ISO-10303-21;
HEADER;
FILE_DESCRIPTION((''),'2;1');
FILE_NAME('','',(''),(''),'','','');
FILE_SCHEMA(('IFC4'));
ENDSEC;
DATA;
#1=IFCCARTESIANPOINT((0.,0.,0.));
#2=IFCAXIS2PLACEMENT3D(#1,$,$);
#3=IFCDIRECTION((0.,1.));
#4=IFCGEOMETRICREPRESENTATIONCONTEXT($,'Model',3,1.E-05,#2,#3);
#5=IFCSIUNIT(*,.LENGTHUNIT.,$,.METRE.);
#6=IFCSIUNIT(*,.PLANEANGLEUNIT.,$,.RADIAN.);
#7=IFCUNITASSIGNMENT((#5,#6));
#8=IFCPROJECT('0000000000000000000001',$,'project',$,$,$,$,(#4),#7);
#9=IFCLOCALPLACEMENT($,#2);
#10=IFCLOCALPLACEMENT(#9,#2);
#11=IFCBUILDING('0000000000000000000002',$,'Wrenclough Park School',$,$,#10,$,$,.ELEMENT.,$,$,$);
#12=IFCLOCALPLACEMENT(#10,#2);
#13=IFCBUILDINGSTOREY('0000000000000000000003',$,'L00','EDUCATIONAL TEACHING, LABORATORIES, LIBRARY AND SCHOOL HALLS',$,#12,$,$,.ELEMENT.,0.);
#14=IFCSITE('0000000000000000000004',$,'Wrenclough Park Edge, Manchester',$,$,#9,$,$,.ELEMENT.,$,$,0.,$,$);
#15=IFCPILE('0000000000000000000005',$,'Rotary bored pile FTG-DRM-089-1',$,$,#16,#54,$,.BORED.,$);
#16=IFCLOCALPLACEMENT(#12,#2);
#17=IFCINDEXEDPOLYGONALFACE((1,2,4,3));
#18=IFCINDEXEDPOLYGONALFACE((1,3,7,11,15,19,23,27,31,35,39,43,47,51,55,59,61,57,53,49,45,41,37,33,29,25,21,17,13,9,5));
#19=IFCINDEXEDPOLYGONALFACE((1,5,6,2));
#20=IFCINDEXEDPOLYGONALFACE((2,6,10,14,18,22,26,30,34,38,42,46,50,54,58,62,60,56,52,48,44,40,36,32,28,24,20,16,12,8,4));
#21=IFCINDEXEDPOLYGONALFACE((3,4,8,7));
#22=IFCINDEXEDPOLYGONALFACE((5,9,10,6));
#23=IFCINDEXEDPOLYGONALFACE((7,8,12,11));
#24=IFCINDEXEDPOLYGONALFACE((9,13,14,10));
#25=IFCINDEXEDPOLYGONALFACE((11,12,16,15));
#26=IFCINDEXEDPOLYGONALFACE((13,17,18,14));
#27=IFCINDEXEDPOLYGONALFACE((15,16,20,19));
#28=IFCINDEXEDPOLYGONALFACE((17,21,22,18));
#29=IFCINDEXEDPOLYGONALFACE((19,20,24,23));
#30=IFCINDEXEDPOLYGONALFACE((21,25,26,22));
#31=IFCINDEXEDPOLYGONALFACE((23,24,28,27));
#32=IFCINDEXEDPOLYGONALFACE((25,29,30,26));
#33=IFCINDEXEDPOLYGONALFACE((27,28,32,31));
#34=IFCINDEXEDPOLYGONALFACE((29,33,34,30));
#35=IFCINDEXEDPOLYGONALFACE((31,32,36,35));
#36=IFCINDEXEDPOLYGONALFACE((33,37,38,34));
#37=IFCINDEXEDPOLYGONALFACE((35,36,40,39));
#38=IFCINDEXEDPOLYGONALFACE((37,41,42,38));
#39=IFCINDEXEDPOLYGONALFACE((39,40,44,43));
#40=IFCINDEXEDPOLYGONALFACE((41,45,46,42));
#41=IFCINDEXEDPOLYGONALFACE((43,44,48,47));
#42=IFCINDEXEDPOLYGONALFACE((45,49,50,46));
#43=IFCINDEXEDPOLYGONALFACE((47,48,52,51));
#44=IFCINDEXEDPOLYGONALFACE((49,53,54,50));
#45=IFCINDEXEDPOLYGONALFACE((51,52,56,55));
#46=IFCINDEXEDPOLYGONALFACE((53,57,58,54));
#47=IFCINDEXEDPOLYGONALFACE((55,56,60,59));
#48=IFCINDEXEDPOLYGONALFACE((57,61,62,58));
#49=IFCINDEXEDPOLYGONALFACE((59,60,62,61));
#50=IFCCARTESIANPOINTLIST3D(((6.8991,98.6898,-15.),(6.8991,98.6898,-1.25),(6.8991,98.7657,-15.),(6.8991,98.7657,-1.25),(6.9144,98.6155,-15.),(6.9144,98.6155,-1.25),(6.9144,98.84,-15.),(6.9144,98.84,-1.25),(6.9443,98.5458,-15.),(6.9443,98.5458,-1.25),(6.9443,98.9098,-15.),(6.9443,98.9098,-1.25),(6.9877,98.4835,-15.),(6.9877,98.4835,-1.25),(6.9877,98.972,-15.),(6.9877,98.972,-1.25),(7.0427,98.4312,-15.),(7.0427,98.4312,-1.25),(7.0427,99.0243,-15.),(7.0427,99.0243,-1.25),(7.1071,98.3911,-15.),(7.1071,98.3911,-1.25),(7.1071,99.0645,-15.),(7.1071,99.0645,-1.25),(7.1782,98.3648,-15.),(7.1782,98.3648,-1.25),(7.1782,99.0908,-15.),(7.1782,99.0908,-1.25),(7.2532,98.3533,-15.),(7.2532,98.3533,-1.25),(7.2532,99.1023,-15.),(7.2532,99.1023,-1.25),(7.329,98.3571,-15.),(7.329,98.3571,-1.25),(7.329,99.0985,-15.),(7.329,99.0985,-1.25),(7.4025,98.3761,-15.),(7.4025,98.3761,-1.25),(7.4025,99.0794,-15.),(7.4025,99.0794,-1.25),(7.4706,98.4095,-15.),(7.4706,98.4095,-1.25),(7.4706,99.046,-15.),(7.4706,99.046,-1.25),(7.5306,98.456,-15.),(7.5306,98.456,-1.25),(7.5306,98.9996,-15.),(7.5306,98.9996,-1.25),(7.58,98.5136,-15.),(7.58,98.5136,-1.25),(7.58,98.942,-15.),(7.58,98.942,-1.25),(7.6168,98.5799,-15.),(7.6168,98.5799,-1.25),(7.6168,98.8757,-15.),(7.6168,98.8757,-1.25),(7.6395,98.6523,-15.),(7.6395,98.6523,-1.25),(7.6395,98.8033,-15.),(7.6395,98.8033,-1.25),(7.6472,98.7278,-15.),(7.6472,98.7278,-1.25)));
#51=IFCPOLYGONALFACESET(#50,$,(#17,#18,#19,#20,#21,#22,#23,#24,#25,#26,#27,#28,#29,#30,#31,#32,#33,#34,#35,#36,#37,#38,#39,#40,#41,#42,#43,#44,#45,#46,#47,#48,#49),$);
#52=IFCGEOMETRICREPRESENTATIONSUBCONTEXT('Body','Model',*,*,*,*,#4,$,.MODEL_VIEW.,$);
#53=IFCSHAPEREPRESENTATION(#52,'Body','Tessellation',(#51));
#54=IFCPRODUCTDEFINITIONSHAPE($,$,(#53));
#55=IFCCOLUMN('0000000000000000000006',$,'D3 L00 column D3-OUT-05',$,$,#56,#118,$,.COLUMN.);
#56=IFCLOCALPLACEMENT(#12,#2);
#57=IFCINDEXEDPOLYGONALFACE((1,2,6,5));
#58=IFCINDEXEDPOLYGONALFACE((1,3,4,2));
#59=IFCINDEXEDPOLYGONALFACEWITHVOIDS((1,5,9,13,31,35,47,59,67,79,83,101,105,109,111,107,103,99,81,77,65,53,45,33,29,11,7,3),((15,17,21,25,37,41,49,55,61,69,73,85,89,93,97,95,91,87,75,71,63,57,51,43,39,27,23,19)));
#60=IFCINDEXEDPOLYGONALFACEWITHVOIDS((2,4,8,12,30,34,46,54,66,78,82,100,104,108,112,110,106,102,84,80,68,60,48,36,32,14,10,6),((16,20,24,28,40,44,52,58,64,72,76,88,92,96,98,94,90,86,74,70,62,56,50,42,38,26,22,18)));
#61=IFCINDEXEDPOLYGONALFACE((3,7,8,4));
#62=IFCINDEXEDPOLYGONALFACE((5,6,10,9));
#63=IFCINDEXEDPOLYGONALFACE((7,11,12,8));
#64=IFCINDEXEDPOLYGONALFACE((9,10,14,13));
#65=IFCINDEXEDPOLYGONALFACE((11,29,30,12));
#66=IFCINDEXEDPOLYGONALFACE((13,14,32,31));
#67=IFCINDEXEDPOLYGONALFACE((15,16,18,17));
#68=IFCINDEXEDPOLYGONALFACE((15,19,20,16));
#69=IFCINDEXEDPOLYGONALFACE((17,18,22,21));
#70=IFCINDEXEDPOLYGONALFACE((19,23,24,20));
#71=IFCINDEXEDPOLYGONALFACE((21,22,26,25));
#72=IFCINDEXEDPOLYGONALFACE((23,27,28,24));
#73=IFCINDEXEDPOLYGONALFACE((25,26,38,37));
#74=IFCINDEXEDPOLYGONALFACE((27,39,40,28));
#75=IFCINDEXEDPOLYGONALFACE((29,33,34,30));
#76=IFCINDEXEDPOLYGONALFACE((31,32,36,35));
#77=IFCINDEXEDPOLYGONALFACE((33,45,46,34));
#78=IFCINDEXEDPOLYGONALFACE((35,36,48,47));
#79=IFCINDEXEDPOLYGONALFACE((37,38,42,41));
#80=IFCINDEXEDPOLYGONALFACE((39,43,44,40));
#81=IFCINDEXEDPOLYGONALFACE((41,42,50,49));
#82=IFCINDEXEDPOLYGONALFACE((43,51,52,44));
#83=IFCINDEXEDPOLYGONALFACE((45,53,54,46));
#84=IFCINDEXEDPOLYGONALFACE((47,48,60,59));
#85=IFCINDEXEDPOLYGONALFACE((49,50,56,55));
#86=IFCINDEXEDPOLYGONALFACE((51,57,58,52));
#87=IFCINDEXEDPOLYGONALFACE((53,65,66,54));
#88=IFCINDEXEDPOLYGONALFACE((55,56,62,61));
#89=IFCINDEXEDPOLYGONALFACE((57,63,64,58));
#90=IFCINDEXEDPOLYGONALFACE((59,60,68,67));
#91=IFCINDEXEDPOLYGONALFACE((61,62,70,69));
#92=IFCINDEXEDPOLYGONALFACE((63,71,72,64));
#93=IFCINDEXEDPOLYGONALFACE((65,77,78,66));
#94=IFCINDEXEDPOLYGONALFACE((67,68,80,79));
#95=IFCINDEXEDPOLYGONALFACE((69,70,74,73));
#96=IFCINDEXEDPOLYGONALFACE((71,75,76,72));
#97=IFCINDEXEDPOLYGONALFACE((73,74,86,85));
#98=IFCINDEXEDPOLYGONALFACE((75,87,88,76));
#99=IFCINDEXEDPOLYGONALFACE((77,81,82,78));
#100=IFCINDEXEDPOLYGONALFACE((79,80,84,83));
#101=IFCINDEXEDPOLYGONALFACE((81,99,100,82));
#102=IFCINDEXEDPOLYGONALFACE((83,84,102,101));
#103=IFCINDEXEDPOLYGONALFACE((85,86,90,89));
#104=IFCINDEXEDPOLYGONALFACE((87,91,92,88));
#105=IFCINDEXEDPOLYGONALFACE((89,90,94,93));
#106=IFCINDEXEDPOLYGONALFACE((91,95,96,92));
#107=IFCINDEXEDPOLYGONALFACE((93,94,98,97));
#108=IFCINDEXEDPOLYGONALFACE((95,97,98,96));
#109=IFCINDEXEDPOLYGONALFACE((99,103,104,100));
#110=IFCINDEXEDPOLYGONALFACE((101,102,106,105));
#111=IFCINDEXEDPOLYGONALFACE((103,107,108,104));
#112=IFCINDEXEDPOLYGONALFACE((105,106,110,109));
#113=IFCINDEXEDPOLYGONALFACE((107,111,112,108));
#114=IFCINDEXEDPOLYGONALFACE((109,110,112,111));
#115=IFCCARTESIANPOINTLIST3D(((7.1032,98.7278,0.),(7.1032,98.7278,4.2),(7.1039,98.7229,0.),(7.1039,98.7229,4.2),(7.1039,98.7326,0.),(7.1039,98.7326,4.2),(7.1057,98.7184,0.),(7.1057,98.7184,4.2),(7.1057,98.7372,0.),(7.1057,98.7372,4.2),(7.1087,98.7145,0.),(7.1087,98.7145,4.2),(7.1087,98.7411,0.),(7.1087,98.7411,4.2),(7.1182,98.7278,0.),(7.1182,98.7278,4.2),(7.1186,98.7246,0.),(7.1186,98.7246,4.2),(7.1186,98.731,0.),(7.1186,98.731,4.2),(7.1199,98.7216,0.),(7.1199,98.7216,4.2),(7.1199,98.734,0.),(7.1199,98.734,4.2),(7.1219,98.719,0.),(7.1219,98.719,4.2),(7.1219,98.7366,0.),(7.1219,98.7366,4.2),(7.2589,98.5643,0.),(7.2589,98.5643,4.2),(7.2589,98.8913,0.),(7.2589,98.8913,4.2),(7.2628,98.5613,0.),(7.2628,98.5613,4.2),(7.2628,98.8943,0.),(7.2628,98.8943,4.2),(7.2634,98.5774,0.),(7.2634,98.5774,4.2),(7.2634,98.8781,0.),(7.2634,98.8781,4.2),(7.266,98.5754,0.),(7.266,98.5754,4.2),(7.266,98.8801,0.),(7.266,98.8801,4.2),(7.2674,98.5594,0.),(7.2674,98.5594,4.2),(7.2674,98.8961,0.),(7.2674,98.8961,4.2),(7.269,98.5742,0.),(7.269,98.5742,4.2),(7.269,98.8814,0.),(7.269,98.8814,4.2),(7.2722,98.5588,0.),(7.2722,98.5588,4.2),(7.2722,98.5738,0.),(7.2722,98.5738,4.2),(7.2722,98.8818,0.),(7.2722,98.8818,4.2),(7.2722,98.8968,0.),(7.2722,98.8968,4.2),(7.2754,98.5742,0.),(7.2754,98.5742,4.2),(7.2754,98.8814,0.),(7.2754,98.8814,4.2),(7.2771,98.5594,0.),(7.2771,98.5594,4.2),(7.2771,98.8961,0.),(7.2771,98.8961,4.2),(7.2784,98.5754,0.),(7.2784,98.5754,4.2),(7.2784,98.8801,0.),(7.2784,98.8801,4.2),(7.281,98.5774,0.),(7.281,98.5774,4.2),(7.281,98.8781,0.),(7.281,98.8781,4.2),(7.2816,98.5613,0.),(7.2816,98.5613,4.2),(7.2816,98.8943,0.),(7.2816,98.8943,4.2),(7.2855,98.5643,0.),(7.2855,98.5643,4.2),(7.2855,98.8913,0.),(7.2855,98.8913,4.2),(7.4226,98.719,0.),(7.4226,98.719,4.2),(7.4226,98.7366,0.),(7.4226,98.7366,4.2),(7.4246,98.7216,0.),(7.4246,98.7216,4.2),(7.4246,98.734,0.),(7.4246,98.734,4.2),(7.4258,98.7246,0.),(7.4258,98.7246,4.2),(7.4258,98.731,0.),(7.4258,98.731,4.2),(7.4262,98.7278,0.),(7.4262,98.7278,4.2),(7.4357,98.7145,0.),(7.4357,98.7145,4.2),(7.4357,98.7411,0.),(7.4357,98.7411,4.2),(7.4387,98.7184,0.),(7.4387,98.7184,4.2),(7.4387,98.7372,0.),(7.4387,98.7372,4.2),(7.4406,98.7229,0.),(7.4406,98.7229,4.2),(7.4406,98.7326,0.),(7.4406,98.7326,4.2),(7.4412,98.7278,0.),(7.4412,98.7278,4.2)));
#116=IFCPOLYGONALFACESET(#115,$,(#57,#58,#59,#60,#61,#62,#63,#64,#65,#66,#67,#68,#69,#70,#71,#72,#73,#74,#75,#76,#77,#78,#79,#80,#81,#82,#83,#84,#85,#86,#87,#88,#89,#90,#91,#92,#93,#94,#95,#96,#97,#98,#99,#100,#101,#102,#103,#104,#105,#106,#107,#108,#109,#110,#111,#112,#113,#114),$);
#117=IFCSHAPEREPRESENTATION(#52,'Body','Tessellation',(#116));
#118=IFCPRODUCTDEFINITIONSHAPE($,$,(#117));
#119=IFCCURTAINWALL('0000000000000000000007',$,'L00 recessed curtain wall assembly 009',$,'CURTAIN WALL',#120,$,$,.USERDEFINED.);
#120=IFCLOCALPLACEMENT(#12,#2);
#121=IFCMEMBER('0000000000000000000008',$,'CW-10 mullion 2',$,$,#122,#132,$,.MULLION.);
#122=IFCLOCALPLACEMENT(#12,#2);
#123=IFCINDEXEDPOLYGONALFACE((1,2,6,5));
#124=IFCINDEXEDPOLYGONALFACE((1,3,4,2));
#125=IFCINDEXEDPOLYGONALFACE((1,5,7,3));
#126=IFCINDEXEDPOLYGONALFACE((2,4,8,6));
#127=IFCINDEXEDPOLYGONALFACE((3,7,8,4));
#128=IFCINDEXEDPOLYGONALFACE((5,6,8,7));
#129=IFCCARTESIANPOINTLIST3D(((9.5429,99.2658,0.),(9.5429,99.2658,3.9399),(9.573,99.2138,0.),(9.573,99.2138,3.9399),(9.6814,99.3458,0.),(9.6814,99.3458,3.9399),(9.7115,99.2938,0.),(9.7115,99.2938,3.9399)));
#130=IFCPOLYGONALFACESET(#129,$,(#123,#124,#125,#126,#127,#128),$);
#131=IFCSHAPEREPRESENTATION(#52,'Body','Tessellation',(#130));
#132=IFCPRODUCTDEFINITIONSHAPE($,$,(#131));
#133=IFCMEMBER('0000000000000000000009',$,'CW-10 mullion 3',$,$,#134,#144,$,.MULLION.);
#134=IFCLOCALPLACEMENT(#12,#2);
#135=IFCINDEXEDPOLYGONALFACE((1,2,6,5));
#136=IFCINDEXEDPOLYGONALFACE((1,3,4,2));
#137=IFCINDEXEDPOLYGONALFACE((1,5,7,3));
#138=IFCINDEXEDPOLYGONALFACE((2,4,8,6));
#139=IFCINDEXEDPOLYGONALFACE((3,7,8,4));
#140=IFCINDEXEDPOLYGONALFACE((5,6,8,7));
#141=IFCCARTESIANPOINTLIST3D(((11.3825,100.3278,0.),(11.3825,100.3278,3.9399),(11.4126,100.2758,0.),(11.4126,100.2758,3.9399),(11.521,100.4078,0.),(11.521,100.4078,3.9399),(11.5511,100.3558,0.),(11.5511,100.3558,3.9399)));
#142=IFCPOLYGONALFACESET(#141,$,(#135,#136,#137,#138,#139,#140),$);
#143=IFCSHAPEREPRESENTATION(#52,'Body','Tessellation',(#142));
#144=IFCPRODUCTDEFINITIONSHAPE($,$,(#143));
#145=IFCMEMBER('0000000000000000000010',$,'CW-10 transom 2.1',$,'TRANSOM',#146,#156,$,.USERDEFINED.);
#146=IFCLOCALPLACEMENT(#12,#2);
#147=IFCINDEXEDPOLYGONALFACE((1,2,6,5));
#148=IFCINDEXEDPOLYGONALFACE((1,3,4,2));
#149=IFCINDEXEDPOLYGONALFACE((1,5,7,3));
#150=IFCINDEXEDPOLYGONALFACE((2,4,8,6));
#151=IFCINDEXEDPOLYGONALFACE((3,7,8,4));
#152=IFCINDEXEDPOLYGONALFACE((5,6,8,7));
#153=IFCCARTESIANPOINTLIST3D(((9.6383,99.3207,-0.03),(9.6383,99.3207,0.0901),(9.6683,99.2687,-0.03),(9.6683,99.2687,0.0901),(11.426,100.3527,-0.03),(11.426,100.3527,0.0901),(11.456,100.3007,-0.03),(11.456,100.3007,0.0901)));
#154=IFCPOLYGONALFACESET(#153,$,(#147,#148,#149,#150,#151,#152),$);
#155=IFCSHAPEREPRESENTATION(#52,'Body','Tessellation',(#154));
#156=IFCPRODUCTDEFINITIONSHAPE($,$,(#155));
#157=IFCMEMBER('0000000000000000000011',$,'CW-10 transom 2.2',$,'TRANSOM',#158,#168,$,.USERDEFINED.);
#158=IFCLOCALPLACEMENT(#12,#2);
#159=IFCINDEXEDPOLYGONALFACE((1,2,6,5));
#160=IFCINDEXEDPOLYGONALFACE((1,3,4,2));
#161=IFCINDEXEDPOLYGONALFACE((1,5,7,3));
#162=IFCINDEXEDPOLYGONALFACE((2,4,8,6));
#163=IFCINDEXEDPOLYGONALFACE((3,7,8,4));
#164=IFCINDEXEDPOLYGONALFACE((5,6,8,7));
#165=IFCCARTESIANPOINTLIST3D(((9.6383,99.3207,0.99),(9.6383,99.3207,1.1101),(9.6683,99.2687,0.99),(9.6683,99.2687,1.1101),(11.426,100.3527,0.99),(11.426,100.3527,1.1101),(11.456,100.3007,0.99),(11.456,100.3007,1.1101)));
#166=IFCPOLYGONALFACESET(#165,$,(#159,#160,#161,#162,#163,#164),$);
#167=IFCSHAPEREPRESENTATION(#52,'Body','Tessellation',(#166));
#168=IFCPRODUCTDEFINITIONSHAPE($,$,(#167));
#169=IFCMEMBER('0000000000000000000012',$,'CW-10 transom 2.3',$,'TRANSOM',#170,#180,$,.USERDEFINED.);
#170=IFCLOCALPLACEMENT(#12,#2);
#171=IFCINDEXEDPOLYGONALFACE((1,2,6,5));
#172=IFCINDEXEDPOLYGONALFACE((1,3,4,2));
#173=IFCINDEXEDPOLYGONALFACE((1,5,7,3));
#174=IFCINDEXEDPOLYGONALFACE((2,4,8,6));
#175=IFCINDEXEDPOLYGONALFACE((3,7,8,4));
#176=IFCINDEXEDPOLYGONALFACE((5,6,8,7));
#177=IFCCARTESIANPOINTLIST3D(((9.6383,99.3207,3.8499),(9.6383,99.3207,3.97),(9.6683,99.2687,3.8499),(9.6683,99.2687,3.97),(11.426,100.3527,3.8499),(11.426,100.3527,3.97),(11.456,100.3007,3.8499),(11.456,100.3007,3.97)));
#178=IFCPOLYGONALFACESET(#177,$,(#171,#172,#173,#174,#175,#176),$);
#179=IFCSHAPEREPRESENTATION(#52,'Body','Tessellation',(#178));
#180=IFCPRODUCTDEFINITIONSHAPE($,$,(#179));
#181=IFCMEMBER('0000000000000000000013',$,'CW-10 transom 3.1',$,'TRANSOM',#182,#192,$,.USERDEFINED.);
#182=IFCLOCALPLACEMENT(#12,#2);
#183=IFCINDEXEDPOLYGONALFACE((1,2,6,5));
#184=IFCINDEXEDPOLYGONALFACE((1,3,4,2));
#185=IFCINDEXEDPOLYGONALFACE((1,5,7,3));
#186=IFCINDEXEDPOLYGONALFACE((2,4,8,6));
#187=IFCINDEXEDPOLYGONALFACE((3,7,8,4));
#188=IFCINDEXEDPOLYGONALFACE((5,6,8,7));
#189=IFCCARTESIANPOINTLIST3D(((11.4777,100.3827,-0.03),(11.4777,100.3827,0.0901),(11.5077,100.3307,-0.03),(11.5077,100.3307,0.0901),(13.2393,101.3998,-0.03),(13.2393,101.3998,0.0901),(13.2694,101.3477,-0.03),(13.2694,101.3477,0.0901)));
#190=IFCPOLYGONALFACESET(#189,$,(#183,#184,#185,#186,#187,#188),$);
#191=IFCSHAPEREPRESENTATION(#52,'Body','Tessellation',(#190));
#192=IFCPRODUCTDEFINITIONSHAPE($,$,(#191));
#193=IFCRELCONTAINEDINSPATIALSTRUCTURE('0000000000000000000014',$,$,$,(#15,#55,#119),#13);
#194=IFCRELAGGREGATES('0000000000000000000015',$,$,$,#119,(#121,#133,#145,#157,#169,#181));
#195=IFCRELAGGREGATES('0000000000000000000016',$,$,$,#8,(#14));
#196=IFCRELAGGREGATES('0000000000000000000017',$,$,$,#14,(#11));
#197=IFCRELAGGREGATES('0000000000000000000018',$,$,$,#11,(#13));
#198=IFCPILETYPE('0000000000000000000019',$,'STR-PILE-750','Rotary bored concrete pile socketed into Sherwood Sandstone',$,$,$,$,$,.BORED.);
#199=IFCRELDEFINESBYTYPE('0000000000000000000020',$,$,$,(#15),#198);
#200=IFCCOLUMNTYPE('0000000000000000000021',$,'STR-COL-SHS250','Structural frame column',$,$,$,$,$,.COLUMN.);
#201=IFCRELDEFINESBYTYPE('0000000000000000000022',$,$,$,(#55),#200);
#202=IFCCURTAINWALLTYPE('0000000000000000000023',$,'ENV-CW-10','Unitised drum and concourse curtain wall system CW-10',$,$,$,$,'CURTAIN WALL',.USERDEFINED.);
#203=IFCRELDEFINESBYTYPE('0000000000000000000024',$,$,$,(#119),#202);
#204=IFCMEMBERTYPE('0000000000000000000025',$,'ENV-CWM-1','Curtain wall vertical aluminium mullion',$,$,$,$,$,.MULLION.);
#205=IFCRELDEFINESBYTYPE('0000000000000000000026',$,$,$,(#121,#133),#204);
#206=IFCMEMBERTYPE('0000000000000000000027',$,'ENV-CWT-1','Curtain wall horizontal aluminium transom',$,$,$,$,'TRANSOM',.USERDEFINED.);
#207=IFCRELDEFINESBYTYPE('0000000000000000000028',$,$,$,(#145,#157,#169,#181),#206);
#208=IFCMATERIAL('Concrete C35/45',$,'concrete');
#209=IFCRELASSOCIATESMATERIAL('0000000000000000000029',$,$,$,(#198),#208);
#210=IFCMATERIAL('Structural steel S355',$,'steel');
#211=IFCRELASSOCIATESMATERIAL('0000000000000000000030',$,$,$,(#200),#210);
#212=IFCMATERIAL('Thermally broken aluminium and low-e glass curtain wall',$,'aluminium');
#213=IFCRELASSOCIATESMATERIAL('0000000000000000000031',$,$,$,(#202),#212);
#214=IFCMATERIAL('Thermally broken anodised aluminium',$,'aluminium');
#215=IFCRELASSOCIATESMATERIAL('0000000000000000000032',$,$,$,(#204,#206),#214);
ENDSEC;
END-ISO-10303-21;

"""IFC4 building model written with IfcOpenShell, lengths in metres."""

from ifc_helpers import new_model, si_unit, direction, frame, origin, origin_2d, place, context, subcontext, project, spatial, rectangle, hollow_rectangle, circle, extrude, material, material_profile, profile_set, type_object, element, aggregate, save


model = new_model("IFC4")

# Units and contexts
model_context = context("Model", 3, precision=1e-05, world=origin(), true_north=direction((0.0, 1.0)))
body_context = subcontext(model_context, "Body", "Model", "MODEL_VIEW")
ifc_project = project(units=[si_unit("LENGTHUNIT", "METRE"), si_unit("PLANEANGLEUNIT", "RADIAN")], contexts=[model_context])

# Site, building, storey
site_placement = place(None, origin())
site = spatial("IfcSite", under=ifc_project, at=site_placement, Name="Wrenclough Park Edge, Manchester", CompositionType="ELEMENT", RefElevation=0.0)
building_placement = place(site_placement, origin())
building = spatial("IfcBuilding", under=site, at=building_placement, Name="Wrenclough Park School", CompositionType="ELEMENT")
storey_placement = place(building_placement, origin())
storey = spatial("IfcBuildingStorey", under=building, at=storey_placement, Name="L00", Description="EDUCATIONAL TEACHING, LABORATORIES, LIBRARY AND SCHOOL HALLS", CompositionType="ELEMENT", Elevation=0.0)

# Pile
ifc_material_1 = material(Name="Concrete C35/45", Category="concrete")
ifc_material_profile_1 = material_profile(ifc_material_1, circle(Radius=0.375, at=origin_2d()), Name="BORED PILE D750")
ifc_profile_set_1 = profile_set([ifc_material_profile_1], Name="Concrete C35/45")
pile_type = type_object("IfcPileType", Name="STR-PILE-750", Description="Rotary bored concrete pile socketed into Sherwood Sandstone", PredefinedType="BORED", material=ifc_profile_set_1)
pile_placement = place(storey_placement, frame((7.2722, 98.7278, -1.25), z_axis=(0.0, 0.0, -1.0), x_axis=(1.0, 0.0, 0.0)))
element("IfcPile", 1, at=pile_placement, inside=storey, type_object=pile_type, Name="Rotary bored pile FTG-DRM-089-1", PredefinedType="BORED", context=body_context, shape_type="SweptSolid", body=[
    extrude(circle(Radius=0.375, at=origin_2d()), origin(), (0.0, 0.0, 1.0), 13.75),
])

# Column
ifc_material_2 = material(Name="Structural steel S355", Category="steel")
ifc_material_profile_2 = material_profile(ifc_material_2, hollow_rectangle(XDim=0.25, YDim=0.25, WallThickness=0.0125, InnerFilletRadius=0.0125, OuterFilletRadius=0.0188, at=origin_2d()), Name="SHS 250x250x12.5")
ifc_profile_set_2 = profile_set([ifc_material_profile_2], Name="Structural steel S355")
column_type = type_object("IfcColumnType", Name="STR-COL-SHS250", Description="Structural frame column", PredefinedType="COLUMN", material=ifc_profile_set_2)
column_placement = place(storey_placement, frame((7.2722, 98.7278, 0.0), z_axis=(0.0, 0.0, 1.0), x_axis=(-0.707107, -0.707107, 0.0)))
element("IfcColumn", 2, at=column_placement, inside=storey, type_object=column_type, Name="D3 L00 column D3-OUT-05", PredefinedType="COLUMN", context=body_context, shape_type="SweptSolid", body=[
    extrude(hollow_rectangle(XDim=0.25, YDim=0.25, WallThickness=0.0125, InnerFilletRadius=0.0125, OuterFilletRadius=0.0188, at=origin_2d()), origin(), (0.0, 0.0, 1.0), 4.2),
])

# Curtain wall, members
ifc_material_3 = material(Name="Thermally broken aluminium and low-e glass curtain wall", Category="aluminium")
curtain_wall_type = type_object("IfcCurtainWallType", Name="ENV-CW-10", Description="Unitised drum and concourse curtain wall system CW-10", ElementType="CURTAIN WALL", PredefinedType="USERDEFINED", material=ifc_material_3)
curtain_wall_placement = place(storey_placement, origin())
curtain_wall = element("IfcCurtainWall", 3, at=curtain_wall_placement, inside=storey, type_object=curtain_wall_type, Name="L00 recessed curtain wall assembly 009", ObjectType="CURTAIN WALL", PredefinedType="USERDEFINED")
ifc_material_4 = material(Name="Thermally broken anodised aluminium", Category="aluminium")
ifc_material_profile_3 = material_profile(ifc_material_4, rectangle(XDim=0.0601, YDim=0.1599, at=origin_2d()), Name="AL MULLION 60x160")
ifc_profile_set_3 = profile_set([ifc_material_profile_3], Name="Thermally broken anodised aluminium")
member_type_1 = type_object("IfcMemberType", Name="ENV-CWM-1", Description="Curtain wall vertical aluminium mullion", PredefinedType="MULLION", material=ifc_profile_set_3)
member_1_placement = place(storey_placement, frame((9.6272, 99.2798, 0.0), z_axis=(0.0, 0.0, 1.0), x_axis=(-0.499999, 0.866026, 0.0)))
member_1 = element("IfcMember", 4, at=member_1_placement, type_object=member_type_1, Name="CW-10 mullion 2", PredefinedType="MULLION", context=body_context, shape_type="SweptSolid", body=[
    extrude(rectangle(XDim=0.0601, YDim=0.1599, at=origin_2d()), origin(), (0.0, 0.0, 1.0), 3.9399),
])
member_2_placement = place(storey_placement, frame((11.4668, 100.3418, 0.0), z_axis=(0.0, 0.0, 1.0), x_axis=(-0.499999, 0.866026, 0.0)))
member_2 = element("IfcMember", 5, at=member_2_placement, type_object=member_type_1, Name="CW-10 mullion 3", PredefinedType="MULLION", context=body_context, shape_type="SweptSolid", body=[
    extrude(rectangle(XDim=0.0601, YDim=0.1599, at=origin_2d()), origin(), (0.0, 0.0, 1.0), 3.9399),
])
ifc_material_profile_4 = material_profile(ifc_material_4, rectangle(XDim=0.0601, YDim=0.1201, at=origin_2d()), Name="AL TRANSOM 60x120")
ifc_profile_set_4 = profile_set([ifc_material_profile_4], Name="Thermally broken anodised aluminium")
member_type_2 = type_object("IfcMemberType", Name="ENV-CWT-1", Description="Curtain wall horizontal aluminium transom", ElementType="TRANSOM", PredefinedType="USERDEFINED", material=ifc_profile_set_4)
member_3_placement = place(storey_placement, frame((9.6533, 99.2947, 0.03), z_axis=(0.866044, 0.499968, 0.0), x_axis=(-0.499968, 0.866044, 0.0)))
member_3 = element("IfcMember", 6, at=member_3_placement, type_object=member_type_2, Name="CW-10 transom 2.1", ObjectType="TRANSOM", PredefinedType="USERDEFINED", context=body_context, shape_type="SweptSolid", body=[
    extrude(rectangle(XDim=0.0601, YDim=0.1201, at=origin_2d()), origin(), (0.0, 0.0, 1.0), 2.0642),
])
member_4_placement = place(storey_placement, frame((9.6533, 99.2947, 1.05), z_axis=(0.866044, 0.499968, 0.0), x_axis=(-0.499968, 0.866044, 0.0)))
member_4 = element("IfcMember", 7, at=member_4_placement, type_object=member_type_2, Name="CW-10 transom 2.2", ObjectType="TRANSOM", PredefinedType="USERDEFINED", context=body_context, shape_type="SweptSolid", body=[
    extrude(rectangle(XDim=0.0601, YDim=0.1201, at=origin_2d()), origin(), (0.0, 0.0, 1.0), 2.0642),
])
member_5_placement = place(storey_placement, frame((9.6533, 99.2947, 3.9099), z_axis=(0.866044, 0.499968, 0.0), x_axis=(-0.499968, 0.866044, 0.0)))
member_5 = element("IfcMember", 8, at=member_5_placement, type_object=member_type_2, Name="CW-10 transom 2.3", ObjectType="TRANSOM", PredefinedType="USERDEFINED", context=body_context, shape_type="SweptSolid", body=[
    extrude(rectangle(XDim=0.0601, YDim=0.1201, at=origin_2d()), origin(), (0.0, 0.0, 1.0), 2.0642),
])
member_6_placement = place(storey_placement, frame((11.4927, 100.3567, 0.03), z_axis=(0.866034, 0.499986, 0.0), x_axis=(-0.499986, 0.866034, 0.0)))
member_6 = element("IfcMember", 9, at=member_6_placement, type_object=member_type_2, Name="CW-10 transom 3.1", ObjectType="TRANSOM", PredefinedType="USERDEFINED", context=body_context, shape_type="SweptSolid", body=[
    extrude(rectangle(XDim=0.0601, YDim=0.1201, at=origin_2d()), origin(), (0.0, 0.0, 1.0), 2.0342),
])

aggregate(curtain_wall, [member_1, member_2, member_3, member_4, member_5, member_6])

save(model, "model.ifc")
